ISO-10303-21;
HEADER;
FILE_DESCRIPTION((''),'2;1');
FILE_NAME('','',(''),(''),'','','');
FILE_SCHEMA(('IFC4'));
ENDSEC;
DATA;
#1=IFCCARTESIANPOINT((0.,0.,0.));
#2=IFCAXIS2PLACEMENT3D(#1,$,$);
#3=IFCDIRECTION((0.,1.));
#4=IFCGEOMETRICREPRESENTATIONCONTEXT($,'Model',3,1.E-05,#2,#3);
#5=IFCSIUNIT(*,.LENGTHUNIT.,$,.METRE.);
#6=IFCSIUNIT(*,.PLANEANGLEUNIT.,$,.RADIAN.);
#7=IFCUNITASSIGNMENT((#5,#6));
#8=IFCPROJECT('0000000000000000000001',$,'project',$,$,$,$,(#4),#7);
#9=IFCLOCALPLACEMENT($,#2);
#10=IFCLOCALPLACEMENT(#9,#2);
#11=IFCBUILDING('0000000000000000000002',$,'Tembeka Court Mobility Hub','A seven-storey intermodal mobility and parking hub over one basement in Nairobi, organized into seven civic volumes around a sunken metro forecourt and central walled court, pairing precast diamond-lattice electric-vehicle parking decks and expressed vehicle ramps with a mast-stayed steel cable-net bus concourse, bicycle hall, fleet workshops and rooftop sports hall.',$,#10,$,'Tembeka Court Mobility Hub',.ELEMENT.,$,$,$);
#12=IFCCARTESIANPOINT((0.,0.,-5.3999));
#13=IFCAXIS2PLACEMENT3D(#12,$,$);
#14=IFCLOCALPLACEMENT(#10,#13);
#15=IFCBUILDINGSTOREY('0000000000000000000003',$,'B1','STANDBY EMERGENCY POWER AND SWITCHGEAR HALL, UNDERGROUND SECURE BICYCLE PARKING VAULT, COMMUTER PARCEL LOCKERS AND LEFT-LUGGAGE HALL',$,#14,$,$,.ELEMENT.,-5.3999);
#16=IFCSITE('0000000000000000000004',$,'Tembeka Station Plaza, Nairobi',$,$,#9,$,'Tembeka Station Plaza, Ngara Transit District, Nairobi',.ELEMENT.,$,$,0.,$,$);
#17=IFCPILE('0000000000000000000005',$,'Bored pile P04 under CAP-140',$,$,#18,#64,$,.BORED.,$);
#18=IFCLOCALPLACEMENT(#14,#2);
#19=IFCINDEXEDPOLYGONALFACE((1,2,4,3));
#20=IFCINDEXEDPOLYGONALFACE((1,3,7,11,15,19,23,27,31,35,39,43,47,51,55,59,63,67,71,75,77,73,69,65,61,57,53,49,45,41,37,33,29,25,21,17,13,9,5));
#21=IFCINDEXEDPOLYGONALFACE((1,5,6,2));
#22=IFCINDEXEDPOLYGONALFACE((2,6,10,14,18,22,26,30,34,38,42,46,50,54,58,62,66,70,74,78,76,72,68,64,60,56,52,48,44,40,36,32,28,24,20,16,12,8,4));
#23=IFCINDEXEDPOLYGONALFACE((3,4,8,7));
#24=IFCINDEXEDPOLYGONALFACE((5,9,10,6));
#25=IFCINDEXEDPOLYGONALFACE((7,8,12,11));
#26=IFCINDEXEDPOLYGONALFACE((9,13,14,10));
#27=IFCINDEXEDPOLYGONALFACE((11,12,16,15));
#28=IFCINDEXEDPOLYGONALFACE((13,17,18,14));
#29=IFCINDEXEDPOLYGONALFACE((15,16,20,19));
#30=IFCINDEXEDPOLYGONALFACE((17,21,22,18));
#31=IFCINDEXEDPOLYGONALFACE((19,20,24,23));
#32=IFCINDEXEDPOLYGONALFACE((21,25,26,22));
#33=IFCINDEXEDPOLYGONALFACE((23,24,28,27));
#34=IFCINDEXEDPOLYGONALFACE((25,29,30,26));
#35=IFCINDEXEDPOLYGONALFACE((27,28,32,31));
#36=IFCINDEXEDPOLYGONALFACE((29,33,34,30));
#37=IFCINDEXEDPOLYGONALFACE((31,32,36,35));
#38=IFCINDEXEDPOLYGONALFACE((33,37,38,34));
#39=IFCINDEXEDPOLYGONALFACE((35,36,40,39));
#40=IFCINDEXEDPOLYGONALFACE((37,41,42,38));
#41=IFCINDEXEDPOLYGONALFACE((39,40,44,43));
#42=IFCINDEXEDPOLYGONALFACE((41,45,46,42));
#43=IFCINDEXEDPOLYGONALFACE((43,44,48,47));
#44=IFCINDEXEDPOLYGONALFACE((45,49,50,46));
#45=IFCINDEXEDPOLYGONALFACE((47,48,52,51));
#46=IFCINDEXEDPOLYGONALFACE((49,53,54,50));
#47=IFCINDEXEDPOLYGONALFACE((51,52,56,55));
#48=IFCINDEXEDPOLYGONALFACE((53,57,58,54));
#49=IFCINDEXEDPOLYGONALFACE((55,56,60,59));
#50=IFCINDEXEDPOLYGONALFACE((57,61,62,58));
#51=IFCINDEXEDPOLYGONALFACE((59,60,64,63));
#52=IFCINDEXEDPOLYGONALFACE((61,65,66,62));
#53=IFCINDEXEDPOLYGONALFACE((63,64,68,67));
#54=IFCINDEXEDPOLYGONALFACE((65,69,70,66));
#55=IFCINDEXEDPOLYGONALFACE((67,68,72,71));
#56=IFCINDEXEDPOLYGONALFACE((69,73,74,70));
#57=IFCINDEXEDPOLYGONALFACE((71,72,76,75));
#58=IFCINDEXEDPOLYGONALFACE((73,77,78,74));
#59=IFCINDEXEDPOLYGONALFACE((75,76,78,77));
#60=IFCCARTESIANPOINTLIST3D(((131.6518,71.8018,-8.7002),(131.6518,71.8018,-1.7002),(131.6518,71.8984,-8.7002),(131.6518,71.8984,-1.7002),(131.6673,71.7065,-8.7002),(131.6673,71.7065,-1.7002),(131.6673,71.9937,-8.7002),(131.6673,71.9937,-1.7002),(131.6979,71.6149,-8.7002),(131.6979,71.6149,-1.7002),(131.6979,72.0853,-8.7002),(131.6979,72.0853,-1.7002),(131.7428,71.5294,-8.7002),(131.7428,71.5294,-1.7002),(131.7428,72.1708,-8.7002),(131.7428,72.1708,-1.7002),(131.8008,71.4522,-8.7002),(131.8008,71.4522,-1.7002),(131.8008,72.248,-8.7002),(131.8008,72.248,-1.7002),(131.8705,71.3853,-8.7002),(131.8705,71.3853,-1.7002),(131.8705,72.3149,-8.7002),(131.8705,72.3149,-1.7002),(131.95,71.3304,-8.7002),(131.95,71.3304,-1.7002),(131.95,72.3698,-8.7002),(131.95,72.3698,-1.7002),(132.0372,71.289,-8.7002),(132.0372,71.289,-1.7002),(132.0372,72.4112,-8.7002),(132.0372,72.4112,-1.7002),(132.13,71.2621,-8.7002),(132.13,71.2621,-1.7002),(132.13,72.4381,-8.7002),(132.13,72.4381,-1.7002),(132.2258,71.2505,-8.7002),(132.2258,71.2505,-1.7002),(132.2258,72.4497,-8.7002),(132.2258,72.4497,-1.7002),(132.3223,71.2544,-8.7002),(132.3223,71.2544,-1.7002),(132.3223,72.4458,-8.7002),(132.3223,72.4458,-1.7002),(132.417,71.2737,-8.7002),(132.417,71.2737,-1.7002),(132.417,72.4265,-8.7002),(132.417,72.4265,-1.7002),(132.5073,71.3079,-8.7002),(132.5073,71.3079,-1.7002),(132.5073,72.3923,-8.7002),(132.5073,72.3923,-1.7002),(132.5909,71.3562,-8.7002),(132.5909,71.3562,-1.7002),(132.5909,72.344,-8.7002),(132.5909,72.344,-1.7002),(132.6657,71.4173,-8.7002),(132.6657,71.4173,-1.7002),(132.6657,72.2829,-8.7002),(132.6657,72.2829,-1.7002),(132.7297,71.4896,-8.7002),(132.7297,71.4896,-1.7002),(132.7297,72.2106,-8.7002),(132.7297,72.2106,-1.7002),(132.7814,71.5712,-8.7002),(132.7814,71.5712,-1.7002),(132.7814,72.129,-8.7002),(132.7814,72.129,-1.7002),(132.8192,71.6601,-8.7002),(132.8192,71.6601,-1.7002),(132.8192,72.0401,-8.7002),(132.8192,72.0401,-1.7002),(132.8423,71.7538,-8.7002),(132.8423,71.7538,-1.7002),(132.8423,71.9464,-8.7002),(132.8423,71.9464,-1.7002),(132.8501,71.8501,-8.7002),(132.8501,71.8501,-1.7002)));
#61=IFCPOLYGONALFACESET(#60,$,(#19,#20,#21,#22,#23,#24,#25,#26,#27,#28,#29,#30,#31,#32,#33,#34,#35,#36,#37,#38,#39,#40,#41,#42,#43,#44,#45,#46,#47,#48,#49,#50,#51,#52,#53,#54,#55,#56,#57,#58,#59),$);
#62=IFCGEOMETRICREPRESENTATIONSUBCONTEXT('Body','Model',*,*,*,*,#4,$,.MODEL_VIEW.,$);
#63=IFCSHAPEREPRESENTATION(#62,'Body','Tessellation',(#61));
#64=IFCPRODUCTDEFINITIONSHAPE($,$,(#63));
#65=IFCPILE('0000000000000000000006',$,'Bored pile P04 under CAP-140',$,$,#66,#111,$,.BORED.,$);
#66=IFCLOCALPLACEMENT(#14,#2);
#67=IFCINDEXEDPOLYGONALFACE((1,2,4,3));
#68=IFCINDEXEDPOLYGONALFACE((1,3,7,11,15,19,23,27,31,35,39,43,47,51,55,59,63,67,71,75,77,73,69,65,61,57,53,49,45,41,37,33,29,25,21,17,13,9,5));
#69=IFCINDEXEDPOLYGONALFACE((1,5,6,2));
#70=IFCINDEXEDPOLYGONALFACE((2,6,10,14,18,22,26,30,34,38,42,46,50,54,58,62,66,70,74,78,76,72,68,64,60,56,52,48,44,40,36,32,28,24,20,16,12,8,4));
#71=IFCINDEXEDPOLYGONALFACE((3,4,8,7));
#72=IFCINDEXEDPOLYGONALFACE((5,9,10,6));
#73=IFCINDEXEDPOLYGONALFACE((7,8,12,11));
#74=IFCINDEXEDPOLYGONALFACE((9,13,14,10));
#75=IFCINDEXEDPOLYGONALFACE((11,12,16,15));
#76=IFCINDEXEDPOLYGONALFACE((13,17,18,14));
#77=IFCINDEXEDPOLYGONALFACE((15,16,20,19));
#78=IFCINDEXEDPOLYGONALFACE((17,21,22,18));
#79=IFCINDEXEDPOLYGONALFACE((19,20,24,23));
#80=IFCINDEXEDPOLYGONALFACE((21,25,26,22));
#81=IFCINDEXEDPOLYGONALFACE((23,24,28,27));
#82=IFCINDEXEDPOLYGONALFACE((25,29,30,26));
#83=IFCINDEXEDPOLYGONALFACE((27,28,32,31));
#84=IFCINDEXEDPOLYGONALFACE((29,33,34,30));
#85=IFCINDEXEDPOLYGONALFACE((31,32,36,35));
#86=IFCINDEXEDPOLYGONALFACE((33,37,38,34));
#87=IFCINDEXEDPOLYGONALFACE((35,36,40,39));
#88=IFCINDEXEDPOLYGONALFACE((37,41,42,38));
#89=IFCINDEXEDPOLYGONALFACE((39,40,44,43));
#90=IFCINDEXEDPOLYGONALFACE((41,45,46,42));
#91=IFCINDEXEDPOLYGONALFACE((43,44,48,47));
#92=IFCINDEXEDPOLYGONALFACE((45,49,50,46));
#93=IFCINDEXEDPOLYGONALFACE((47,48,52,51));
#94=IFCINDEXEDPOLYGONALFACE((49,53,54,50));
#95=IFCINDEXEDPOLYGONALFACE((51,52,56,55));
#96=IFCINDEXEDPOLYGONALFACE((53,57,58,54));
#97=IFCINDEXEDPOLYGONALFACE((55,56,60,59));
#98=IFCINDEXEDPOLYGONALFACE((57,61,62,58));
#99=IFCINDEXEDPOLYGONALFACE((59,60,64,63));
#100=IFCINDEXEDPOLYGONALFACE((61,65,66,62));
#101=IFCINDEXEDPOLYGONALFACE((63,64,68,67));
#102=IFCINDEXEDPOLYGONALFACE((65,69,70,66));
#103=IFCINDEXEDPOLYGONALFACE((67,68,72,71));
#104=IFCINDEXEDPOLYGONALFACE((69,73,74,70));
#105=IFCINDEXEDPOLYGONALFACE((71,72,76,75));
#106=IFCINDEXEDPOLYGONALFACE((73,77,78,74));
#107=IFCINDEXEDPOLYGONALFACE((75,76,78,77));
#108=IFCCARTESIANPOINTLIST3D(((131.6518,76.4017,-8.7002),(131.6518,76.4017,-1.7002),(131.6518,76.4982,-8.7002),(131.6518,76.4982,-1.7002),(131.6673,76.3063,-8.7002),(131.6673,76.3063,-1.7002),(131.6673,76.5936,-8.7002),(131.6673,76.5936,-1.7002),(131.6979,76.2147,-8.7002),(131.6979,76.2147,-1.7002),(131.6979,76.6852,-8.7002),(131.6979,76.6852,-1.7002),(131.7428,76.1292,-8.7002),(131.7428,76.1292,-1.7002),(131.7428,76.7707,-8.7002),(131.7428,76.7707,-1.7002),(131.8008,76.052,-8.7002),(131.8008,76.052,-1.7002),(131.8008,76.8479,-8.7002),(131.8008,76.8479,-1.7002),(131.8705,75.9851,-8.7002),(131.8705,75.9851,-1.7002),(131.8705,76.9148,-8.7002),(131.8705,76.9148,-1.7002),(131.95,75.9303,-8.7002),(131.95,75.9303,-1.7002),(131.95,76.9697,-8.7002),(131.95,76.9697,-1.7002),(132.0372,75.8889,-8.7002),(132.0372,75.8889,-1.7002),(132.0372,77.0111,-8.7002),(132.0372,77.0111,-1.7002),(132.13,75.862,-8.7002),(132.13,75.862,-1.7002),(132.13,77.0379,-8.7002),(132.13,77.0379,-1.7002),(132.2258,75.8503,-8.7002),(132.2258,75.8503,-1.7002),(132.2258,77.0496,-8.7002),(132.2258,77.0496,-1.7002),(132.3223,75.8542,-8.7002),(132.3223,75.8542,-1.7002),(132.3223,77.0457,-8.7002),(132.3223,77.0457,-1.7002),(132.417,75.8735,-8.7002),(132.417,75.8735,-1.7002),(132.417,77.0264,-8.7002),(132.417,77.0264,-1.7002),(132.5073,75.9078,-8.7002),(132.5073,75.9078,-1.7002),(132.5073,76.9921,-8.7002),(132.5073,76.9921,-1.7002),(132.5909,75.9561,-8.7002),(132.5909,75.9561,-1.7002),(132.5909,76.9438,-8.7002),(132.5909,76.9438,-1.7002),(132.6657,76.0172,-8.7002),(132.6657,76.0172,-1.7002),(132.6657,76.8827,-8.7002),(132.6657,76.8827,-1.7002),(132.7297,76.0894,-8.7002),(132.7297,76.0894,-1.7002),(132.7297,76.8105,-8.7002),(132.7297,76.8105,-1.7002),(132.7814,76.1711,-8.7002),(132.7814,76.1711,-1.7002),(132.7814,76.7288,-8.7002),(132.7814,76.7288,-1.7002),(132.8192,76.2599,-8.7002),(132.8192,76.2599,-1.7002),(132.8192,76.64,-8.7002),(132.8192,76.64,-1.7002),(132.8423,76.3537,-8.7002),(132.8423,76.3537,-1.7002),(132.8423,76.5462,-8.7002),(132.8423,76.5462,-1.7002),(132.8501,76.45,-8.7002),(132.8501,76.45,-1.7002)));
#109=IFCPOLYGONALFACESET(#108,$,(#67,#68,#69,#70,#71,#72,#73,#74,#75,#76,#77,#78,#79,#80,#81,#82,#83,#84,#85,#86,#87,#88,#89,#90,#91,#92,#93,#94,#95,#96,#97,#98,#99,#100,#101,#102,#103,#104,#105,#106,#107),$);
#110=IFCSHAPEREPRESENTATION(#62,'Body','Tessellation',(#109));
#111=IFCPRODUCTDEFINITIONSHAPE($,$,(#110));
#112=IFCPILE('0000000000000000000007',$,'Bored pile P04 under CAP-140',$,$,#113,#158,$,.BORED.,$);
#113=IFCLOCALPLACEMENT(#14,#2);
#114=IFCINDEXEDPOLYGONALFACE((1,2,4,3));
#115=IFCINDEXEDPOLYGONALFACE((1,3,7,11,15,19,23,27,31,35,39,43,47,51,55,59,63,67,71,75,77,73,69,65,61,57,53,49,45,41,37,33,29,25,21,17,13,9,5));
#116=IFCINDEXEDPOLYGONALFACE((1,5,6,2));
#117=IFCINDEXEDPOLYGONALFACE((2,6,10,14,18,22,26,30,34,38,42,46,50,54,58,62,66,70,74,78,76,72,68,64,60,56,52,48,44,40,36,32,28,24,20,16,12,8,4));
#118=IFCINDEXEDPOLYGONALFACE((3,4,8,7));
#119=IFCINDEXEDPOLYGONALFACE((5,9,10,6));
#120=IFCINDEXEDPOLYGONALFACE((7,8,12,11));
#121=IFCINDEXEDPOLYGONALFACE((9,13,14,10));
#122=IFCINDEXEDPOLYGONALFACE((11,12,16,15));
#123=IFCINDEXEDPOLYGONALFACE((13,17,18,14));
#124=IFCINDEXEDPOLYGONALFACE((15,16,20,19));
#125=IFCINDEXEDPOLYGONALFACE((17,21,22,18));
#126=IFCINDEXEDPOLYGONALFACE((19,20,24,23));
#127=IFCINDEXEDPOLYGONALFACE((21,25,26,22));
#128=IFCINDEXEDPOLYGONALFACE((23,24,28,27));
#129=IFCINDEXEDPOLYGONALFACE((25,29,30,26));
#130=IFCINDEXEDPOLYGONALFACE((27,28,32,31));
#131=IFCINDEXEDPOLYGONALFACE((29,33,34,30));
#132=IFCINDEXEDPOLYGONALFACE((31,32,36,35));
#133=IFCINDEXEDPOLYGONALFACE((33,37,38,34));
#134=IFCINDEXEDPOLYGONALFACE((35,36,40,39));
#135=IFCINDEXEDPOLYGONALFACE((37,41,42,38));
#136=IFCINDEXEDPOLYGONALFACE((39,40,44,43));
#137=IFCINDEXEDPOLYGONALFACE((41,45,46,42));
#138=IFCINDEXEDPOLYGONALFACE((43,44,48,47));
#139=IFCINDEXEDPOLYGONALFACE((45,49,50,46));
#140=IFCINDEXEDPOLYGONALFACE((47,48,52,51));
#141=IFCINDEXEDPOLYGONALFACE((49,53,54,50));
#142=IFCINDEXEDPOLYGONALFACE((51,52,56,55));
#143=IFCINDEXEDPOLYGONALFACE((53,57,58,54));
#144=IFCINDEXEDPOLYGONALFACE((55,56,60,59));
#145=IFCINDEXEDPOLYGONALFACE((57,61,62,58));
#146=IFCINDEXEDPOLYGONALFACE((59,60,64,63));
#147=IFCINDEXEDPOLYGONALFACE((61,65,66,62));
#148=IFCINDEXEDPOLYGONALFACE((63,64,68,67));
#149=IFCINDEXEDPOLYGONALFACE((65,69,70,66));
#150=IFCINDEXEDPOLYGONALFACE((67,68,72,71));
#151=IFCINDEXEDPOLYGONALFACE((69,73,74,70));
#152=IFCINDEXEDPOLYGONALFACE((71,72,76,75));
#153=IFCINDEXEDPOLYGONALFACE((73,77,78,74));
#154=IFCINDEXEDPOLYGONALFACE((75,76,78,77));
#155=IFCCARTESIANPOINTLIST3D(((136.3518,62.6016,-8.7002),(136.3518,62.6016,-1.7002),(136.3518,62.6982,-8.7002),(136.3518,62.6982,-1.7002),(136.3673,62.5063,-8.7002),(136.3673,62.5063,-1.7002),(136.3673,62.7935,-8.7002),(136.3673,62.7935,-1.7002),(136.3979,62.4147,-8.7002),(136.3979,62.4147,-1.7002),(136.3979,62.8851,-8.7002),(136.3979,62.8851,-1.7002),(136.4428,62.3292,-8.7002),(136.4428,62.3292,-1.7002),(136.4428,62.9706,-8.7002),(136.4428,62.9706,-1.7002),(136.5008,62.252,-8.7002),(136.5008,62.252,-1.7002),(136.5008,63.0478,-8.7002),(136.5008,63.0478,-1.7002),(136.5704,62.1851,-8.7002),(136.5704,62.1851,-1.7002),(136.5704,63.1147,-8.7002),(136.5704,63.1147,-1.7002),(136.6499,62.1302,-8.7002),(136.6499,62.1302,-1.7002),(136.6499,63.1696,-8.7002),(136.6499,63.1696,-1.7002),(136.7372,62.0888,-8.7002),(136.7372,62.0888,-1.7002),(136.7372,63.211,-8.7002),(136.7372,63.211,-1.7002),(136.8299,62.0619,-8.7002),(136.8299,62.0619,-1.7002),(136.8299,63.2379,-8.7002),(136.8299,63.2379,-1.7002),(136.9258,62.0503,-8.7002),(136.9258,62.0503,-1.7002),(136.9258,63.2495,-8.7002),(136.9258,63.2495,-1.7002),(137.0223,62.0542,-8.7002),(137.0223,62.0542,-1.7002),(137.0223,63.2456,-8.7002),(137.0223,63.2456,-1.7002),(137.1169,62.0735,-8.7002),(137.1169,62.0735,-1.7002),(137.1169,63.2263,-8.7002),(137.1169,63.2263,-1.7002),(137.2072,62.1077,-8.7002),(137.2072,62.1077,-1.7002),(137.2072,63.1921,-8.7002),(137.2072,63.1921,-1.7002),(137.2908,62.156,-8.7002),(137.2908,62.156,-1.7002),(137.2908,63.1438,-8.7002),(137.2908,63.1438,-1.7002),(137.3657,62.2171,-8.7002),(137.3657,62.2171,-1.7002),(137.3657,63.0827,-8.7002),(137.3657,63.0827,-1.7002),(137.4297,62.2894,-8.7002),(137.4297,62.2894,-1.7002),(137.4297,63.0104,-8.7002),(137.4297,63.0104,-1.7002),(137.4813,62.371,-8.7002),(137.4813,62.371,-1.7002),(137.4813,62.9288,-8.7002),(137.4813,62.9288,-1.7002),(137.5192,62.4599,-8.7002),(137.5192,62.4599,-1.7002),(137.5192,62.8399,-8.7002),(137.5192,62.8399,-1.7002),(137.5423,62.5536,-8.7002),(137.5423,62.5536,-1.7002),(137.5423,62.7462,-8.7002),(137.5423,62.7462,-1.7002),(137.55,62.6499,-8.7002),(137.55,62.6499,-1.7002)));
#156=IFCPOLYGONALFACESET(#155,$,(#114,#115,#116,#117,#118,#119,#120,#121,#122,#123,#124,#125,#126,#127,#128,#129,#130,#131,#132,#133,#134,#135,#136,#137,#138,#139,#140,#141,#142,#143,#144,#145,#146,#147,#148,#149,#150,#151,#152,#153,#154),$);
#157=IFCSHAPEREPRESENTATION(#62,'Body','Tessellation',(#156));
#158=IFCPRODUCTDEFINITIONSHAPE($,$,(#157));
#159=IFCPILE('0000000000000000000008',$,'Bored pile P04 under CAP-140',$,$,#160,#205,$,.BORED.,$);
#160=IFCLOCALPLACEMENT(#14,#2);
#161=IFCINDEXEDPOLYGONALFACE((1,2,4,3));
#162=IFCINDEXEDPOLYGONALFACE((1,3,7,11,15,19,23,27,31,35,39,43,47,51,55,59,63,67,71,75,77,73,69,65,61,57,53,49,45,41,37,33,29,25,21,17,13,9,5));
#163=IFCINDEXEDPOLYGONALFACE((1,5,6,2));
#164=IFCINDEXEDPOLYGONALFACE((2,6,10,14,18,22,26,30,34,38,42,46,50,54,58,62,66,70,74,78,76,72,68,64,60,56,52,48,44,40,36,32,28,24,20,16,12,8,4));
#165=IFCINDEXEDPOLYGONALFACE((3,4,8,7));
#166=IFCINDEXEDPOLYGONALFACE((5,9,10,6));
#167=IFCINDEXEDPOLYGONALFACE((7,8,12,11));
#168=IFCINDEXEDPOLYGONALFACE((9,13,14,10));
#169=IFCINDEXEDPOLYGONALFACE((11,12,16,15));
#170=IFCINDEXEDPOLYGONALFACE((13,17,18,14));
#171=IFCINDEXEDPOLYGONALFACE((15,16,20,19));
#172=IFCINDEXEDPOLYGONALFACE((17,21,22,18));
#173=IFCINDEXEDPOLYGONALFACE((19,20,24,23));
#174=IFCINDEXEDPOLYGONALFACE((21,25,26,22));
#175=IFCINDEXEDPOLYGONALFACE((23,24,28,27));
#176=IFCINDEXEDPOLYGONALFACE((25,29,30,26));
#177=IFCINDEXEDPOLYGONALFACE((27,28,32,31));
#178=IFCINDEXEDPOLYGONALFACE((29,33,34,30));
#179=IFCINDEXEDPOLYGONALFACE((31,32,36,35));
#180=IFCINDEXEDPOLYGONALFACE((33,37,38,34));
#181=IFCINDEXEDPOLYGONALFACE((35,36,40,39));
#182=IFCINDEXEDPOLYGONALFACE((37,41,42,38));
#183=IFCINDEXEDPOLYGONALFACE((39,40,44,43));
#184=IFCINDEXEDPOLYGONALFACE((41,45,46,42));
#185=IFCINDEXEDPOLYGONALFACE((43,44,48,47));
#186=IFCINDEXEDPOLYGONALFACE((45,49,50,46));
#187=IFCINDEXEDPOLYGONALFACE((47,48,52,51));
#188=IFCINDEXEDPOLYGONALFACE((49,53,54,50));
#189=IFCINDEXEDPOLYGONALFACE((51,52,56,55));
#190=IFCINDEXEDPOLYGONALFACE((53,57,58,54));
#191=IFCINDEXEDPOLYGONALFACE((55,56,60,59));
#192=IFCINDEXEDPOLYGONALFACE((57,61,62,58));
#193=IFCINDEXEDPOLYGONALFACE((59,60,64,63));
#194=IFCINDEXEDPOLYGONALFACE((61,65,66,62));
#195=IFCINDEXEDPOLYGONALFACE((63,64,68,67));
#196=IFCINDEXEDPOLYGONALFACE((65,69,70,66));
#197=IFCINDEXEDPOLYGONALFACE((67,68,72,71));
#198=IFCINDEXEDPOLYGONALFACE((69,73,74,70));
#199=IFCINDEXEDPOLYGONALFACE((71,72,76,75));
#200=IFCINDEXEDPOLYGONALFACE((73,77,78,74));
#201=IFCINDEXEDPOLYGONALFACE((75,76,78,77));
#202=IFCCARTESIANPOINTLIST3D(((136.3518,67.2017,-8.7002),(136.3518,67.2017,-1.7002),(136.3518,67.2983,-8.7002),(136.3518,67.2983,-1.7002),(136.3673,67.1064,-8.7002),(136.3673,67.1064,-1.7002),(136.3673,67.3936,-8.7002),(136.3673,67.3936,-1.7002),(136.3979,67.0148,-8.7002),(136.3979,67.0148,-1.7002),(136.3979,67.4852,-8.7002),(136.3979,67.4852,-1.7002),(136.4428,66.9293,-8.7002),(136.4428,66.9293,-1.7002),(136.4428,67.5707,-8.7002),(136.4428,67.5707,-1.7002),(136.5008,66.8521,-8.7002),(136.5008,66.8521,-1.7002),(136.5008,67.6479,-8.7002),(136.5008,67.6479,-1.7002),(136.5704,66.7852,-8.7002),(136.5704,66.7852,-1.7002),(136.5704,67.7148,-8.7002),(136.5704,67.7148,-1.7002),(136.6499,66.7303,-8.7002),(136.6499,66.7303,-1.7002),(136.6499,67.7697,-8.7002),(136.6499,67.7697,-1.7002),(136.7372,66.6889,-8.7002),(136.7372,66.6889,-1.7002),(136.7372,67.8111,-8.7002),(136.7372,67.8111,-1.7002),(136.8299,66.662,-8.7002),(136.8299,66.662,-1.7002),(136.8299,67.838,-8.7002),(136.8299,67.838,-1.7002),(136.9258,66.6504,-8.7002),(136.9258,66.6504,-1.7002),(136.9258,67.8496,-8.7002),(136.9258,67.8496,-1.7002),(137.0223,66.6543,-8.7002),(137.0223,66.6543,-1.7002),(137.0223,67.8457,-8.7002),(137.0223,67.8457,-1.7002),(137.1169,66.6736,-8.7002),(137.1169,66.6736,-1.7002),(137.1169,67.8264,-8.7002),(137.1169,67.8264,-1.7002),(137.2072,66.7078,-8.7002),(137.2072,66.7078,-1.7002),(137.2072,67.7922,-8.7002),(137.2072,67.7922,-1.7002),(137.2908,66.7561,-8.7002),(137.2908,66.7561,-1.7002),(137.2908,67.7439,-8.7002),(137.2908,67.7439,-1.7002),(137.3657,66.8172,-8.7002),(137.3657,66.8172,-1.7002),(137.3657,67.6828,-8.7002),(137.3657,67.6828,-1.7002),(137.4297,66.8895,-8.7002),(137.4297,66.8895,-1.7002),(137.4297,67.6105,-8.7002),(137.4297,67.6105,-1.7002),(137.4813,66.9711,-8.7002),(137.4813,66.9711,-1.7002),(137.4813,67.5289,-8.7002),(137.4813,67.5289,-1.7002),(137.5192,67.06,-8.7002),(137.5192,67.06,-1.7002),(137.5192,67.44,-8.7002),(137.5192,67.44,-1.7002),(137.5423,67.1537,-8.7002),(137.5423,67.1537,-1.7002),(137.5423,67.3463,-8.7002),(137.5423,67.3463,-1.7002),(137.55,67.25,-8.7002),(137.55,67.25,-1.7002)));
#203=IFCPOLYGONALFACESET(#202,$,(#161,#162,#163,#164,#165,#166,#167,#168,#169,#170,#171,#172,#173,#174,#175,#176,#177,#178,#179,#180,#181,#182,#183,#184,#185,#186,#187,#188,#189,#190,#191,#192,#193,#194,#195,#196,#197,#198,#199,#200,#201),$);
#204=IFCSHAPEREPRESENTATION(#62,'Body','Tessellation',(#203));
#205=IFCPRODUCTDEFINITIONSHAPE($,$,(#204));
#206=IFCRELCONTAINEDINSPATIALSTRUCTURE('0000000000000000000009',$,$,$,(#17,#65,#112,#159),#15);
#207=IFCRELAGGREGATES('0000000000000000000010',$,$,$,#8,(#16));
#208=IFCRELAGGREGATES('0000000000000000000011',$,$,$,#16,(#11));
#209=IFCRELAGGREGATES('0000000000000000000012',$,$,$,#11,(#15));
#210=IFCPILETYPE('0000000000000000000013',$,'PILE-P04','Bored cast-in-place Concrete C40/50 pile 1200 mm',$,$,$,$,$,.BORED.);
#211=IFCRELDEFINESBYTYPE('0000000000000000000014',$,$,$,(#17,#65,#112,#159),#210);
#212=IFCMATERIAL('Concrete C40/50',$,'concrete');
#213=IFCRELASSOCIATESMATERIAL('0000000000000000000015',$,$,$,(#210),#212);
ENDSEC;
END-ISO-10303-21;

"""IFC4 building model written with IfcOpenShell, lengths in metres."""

from ifc_helpers import new_model, si_unit, direction, frame, origin, origin_2d, place, context, subcontext, project, spatial, circle, extrude, material, material_profile, profile_set, type_object, element, save


model = new_model("IFC4")

# Units and contexts
model_context = context("Model", 3, precision=1e-05, world=origin(), true_north=direction((0.0, 1.0)))
body_context = subcontext(model_context, "Body", "Model", "MODEL_VIEW")
ifc_project = project(units=[si_unit("LENGTHUNIT", "METRE"), si_unit("PLANEANGLEUNIT", "RADIAN")], contexts=[model_context])

# Site, building, storey
site_placement = place(None, origin())
site = spatial("IfcSite", under=ifc_project, at=site_placement, Name="Tembeka Station Plaza, Nairobi", LongName="Tembeka Station Plaza, Ngara Transit District, Nairobi", CompositionType="ELEMENT", RefElevation=0.0)
building_placement = place(site_placement, origin())
building = spatial("IfcBuilding", under=site, at=building_placement, Name="Tembeka Court Mobility Hub", Description="A seven-storey intermodal mobility and parking hub over one basement in Nairobi, organized into seven civic volumes around a sunken metro forecourt and central walled court, pairing precast diamond-lattice electric-vehicle parking decks and expressed vehicle ramps with a mast-stayed steel cable-net bus concourse, bicycle hall, fleet workshops and rooftop sports hall.", LongName="Tembeka Court Mobility Hub", CompositionType="ELEMENT")
storey_placement = place(building_placement, frame((0.0, 0.0, -5.3999)))
storey = spatial("IfcBuildingStorey", under=building, at=storey_placement, Name="B1", Description="STANDBY EMERGENCY POWER AND SWITCHGEAR HALL, UNDERGROUND SECURE BICYCLE PARKING VAULT, COMMUTER PARCEL LOCKERS AND LEFT-LUGGAGE HALL", CompositionType="ELEMENT", Elevation=-5.3999)

# Shared definitions
ifc_material_1 = material(Name="Concrete C40/50", Category="concrete")

# Piles
ifc_material_profile_1 = material_profile(ifc_material_1, circle(Radius=0.6001, at=origin_2d()), Name="PILE D1200")
ifc_profile_set_1 = profile_set([ifc_material_profile_1], Name="Concrete C40/50")
pile_type_1 = type_object("IfcPileType", Name="PILE-P04", Description="Bored cast-in-place Concrete C40/50 pile 1200 mm", PredefinedType="BORED", material=ifc_profile_set_1)
for number, where, z_axis, x_axis, name in (
    (1, (132.25, 71.8501, -1.7002), (0.0, 0.0, -1.0), (1.0, 0.0, 0.0), "Bored pile P04 under CAP-140"),
    (2, (132.25, 76.45, -1.7002), (0.0, 0.0, -1.0), (1.0, 0.0, 0.0), "Bored pile P04 under CAP-140"),
    (3, (136.95, 62.6499, -1.7002), (0.0, 0.0, -1.0), (1.0, 0.0, 0.0), "Bored pile P04 under CAP-140"),
    (4, (136.95, 67.25, -1.7002), (0.0, 0.0, -1.0), (1.0, 0.0, 0.0), "Bored pile P04 under CAP-140"),
):
    element("IfcPile", number, at=place(storey_placement, frame(where, z_axis=z_axis, x_axis=x_axis)), inside=storey, type_object=pile_type_1, Name=name, PredefinedType="BORED", context=body_context, shape_type="SweptSolid", body=[
        extrude(circle(Radius=0.6001, at=origin_2d()), origin(), (0.0, 0.0, 1.0), 7.0),
    ])

save(model, "model.ifc")
